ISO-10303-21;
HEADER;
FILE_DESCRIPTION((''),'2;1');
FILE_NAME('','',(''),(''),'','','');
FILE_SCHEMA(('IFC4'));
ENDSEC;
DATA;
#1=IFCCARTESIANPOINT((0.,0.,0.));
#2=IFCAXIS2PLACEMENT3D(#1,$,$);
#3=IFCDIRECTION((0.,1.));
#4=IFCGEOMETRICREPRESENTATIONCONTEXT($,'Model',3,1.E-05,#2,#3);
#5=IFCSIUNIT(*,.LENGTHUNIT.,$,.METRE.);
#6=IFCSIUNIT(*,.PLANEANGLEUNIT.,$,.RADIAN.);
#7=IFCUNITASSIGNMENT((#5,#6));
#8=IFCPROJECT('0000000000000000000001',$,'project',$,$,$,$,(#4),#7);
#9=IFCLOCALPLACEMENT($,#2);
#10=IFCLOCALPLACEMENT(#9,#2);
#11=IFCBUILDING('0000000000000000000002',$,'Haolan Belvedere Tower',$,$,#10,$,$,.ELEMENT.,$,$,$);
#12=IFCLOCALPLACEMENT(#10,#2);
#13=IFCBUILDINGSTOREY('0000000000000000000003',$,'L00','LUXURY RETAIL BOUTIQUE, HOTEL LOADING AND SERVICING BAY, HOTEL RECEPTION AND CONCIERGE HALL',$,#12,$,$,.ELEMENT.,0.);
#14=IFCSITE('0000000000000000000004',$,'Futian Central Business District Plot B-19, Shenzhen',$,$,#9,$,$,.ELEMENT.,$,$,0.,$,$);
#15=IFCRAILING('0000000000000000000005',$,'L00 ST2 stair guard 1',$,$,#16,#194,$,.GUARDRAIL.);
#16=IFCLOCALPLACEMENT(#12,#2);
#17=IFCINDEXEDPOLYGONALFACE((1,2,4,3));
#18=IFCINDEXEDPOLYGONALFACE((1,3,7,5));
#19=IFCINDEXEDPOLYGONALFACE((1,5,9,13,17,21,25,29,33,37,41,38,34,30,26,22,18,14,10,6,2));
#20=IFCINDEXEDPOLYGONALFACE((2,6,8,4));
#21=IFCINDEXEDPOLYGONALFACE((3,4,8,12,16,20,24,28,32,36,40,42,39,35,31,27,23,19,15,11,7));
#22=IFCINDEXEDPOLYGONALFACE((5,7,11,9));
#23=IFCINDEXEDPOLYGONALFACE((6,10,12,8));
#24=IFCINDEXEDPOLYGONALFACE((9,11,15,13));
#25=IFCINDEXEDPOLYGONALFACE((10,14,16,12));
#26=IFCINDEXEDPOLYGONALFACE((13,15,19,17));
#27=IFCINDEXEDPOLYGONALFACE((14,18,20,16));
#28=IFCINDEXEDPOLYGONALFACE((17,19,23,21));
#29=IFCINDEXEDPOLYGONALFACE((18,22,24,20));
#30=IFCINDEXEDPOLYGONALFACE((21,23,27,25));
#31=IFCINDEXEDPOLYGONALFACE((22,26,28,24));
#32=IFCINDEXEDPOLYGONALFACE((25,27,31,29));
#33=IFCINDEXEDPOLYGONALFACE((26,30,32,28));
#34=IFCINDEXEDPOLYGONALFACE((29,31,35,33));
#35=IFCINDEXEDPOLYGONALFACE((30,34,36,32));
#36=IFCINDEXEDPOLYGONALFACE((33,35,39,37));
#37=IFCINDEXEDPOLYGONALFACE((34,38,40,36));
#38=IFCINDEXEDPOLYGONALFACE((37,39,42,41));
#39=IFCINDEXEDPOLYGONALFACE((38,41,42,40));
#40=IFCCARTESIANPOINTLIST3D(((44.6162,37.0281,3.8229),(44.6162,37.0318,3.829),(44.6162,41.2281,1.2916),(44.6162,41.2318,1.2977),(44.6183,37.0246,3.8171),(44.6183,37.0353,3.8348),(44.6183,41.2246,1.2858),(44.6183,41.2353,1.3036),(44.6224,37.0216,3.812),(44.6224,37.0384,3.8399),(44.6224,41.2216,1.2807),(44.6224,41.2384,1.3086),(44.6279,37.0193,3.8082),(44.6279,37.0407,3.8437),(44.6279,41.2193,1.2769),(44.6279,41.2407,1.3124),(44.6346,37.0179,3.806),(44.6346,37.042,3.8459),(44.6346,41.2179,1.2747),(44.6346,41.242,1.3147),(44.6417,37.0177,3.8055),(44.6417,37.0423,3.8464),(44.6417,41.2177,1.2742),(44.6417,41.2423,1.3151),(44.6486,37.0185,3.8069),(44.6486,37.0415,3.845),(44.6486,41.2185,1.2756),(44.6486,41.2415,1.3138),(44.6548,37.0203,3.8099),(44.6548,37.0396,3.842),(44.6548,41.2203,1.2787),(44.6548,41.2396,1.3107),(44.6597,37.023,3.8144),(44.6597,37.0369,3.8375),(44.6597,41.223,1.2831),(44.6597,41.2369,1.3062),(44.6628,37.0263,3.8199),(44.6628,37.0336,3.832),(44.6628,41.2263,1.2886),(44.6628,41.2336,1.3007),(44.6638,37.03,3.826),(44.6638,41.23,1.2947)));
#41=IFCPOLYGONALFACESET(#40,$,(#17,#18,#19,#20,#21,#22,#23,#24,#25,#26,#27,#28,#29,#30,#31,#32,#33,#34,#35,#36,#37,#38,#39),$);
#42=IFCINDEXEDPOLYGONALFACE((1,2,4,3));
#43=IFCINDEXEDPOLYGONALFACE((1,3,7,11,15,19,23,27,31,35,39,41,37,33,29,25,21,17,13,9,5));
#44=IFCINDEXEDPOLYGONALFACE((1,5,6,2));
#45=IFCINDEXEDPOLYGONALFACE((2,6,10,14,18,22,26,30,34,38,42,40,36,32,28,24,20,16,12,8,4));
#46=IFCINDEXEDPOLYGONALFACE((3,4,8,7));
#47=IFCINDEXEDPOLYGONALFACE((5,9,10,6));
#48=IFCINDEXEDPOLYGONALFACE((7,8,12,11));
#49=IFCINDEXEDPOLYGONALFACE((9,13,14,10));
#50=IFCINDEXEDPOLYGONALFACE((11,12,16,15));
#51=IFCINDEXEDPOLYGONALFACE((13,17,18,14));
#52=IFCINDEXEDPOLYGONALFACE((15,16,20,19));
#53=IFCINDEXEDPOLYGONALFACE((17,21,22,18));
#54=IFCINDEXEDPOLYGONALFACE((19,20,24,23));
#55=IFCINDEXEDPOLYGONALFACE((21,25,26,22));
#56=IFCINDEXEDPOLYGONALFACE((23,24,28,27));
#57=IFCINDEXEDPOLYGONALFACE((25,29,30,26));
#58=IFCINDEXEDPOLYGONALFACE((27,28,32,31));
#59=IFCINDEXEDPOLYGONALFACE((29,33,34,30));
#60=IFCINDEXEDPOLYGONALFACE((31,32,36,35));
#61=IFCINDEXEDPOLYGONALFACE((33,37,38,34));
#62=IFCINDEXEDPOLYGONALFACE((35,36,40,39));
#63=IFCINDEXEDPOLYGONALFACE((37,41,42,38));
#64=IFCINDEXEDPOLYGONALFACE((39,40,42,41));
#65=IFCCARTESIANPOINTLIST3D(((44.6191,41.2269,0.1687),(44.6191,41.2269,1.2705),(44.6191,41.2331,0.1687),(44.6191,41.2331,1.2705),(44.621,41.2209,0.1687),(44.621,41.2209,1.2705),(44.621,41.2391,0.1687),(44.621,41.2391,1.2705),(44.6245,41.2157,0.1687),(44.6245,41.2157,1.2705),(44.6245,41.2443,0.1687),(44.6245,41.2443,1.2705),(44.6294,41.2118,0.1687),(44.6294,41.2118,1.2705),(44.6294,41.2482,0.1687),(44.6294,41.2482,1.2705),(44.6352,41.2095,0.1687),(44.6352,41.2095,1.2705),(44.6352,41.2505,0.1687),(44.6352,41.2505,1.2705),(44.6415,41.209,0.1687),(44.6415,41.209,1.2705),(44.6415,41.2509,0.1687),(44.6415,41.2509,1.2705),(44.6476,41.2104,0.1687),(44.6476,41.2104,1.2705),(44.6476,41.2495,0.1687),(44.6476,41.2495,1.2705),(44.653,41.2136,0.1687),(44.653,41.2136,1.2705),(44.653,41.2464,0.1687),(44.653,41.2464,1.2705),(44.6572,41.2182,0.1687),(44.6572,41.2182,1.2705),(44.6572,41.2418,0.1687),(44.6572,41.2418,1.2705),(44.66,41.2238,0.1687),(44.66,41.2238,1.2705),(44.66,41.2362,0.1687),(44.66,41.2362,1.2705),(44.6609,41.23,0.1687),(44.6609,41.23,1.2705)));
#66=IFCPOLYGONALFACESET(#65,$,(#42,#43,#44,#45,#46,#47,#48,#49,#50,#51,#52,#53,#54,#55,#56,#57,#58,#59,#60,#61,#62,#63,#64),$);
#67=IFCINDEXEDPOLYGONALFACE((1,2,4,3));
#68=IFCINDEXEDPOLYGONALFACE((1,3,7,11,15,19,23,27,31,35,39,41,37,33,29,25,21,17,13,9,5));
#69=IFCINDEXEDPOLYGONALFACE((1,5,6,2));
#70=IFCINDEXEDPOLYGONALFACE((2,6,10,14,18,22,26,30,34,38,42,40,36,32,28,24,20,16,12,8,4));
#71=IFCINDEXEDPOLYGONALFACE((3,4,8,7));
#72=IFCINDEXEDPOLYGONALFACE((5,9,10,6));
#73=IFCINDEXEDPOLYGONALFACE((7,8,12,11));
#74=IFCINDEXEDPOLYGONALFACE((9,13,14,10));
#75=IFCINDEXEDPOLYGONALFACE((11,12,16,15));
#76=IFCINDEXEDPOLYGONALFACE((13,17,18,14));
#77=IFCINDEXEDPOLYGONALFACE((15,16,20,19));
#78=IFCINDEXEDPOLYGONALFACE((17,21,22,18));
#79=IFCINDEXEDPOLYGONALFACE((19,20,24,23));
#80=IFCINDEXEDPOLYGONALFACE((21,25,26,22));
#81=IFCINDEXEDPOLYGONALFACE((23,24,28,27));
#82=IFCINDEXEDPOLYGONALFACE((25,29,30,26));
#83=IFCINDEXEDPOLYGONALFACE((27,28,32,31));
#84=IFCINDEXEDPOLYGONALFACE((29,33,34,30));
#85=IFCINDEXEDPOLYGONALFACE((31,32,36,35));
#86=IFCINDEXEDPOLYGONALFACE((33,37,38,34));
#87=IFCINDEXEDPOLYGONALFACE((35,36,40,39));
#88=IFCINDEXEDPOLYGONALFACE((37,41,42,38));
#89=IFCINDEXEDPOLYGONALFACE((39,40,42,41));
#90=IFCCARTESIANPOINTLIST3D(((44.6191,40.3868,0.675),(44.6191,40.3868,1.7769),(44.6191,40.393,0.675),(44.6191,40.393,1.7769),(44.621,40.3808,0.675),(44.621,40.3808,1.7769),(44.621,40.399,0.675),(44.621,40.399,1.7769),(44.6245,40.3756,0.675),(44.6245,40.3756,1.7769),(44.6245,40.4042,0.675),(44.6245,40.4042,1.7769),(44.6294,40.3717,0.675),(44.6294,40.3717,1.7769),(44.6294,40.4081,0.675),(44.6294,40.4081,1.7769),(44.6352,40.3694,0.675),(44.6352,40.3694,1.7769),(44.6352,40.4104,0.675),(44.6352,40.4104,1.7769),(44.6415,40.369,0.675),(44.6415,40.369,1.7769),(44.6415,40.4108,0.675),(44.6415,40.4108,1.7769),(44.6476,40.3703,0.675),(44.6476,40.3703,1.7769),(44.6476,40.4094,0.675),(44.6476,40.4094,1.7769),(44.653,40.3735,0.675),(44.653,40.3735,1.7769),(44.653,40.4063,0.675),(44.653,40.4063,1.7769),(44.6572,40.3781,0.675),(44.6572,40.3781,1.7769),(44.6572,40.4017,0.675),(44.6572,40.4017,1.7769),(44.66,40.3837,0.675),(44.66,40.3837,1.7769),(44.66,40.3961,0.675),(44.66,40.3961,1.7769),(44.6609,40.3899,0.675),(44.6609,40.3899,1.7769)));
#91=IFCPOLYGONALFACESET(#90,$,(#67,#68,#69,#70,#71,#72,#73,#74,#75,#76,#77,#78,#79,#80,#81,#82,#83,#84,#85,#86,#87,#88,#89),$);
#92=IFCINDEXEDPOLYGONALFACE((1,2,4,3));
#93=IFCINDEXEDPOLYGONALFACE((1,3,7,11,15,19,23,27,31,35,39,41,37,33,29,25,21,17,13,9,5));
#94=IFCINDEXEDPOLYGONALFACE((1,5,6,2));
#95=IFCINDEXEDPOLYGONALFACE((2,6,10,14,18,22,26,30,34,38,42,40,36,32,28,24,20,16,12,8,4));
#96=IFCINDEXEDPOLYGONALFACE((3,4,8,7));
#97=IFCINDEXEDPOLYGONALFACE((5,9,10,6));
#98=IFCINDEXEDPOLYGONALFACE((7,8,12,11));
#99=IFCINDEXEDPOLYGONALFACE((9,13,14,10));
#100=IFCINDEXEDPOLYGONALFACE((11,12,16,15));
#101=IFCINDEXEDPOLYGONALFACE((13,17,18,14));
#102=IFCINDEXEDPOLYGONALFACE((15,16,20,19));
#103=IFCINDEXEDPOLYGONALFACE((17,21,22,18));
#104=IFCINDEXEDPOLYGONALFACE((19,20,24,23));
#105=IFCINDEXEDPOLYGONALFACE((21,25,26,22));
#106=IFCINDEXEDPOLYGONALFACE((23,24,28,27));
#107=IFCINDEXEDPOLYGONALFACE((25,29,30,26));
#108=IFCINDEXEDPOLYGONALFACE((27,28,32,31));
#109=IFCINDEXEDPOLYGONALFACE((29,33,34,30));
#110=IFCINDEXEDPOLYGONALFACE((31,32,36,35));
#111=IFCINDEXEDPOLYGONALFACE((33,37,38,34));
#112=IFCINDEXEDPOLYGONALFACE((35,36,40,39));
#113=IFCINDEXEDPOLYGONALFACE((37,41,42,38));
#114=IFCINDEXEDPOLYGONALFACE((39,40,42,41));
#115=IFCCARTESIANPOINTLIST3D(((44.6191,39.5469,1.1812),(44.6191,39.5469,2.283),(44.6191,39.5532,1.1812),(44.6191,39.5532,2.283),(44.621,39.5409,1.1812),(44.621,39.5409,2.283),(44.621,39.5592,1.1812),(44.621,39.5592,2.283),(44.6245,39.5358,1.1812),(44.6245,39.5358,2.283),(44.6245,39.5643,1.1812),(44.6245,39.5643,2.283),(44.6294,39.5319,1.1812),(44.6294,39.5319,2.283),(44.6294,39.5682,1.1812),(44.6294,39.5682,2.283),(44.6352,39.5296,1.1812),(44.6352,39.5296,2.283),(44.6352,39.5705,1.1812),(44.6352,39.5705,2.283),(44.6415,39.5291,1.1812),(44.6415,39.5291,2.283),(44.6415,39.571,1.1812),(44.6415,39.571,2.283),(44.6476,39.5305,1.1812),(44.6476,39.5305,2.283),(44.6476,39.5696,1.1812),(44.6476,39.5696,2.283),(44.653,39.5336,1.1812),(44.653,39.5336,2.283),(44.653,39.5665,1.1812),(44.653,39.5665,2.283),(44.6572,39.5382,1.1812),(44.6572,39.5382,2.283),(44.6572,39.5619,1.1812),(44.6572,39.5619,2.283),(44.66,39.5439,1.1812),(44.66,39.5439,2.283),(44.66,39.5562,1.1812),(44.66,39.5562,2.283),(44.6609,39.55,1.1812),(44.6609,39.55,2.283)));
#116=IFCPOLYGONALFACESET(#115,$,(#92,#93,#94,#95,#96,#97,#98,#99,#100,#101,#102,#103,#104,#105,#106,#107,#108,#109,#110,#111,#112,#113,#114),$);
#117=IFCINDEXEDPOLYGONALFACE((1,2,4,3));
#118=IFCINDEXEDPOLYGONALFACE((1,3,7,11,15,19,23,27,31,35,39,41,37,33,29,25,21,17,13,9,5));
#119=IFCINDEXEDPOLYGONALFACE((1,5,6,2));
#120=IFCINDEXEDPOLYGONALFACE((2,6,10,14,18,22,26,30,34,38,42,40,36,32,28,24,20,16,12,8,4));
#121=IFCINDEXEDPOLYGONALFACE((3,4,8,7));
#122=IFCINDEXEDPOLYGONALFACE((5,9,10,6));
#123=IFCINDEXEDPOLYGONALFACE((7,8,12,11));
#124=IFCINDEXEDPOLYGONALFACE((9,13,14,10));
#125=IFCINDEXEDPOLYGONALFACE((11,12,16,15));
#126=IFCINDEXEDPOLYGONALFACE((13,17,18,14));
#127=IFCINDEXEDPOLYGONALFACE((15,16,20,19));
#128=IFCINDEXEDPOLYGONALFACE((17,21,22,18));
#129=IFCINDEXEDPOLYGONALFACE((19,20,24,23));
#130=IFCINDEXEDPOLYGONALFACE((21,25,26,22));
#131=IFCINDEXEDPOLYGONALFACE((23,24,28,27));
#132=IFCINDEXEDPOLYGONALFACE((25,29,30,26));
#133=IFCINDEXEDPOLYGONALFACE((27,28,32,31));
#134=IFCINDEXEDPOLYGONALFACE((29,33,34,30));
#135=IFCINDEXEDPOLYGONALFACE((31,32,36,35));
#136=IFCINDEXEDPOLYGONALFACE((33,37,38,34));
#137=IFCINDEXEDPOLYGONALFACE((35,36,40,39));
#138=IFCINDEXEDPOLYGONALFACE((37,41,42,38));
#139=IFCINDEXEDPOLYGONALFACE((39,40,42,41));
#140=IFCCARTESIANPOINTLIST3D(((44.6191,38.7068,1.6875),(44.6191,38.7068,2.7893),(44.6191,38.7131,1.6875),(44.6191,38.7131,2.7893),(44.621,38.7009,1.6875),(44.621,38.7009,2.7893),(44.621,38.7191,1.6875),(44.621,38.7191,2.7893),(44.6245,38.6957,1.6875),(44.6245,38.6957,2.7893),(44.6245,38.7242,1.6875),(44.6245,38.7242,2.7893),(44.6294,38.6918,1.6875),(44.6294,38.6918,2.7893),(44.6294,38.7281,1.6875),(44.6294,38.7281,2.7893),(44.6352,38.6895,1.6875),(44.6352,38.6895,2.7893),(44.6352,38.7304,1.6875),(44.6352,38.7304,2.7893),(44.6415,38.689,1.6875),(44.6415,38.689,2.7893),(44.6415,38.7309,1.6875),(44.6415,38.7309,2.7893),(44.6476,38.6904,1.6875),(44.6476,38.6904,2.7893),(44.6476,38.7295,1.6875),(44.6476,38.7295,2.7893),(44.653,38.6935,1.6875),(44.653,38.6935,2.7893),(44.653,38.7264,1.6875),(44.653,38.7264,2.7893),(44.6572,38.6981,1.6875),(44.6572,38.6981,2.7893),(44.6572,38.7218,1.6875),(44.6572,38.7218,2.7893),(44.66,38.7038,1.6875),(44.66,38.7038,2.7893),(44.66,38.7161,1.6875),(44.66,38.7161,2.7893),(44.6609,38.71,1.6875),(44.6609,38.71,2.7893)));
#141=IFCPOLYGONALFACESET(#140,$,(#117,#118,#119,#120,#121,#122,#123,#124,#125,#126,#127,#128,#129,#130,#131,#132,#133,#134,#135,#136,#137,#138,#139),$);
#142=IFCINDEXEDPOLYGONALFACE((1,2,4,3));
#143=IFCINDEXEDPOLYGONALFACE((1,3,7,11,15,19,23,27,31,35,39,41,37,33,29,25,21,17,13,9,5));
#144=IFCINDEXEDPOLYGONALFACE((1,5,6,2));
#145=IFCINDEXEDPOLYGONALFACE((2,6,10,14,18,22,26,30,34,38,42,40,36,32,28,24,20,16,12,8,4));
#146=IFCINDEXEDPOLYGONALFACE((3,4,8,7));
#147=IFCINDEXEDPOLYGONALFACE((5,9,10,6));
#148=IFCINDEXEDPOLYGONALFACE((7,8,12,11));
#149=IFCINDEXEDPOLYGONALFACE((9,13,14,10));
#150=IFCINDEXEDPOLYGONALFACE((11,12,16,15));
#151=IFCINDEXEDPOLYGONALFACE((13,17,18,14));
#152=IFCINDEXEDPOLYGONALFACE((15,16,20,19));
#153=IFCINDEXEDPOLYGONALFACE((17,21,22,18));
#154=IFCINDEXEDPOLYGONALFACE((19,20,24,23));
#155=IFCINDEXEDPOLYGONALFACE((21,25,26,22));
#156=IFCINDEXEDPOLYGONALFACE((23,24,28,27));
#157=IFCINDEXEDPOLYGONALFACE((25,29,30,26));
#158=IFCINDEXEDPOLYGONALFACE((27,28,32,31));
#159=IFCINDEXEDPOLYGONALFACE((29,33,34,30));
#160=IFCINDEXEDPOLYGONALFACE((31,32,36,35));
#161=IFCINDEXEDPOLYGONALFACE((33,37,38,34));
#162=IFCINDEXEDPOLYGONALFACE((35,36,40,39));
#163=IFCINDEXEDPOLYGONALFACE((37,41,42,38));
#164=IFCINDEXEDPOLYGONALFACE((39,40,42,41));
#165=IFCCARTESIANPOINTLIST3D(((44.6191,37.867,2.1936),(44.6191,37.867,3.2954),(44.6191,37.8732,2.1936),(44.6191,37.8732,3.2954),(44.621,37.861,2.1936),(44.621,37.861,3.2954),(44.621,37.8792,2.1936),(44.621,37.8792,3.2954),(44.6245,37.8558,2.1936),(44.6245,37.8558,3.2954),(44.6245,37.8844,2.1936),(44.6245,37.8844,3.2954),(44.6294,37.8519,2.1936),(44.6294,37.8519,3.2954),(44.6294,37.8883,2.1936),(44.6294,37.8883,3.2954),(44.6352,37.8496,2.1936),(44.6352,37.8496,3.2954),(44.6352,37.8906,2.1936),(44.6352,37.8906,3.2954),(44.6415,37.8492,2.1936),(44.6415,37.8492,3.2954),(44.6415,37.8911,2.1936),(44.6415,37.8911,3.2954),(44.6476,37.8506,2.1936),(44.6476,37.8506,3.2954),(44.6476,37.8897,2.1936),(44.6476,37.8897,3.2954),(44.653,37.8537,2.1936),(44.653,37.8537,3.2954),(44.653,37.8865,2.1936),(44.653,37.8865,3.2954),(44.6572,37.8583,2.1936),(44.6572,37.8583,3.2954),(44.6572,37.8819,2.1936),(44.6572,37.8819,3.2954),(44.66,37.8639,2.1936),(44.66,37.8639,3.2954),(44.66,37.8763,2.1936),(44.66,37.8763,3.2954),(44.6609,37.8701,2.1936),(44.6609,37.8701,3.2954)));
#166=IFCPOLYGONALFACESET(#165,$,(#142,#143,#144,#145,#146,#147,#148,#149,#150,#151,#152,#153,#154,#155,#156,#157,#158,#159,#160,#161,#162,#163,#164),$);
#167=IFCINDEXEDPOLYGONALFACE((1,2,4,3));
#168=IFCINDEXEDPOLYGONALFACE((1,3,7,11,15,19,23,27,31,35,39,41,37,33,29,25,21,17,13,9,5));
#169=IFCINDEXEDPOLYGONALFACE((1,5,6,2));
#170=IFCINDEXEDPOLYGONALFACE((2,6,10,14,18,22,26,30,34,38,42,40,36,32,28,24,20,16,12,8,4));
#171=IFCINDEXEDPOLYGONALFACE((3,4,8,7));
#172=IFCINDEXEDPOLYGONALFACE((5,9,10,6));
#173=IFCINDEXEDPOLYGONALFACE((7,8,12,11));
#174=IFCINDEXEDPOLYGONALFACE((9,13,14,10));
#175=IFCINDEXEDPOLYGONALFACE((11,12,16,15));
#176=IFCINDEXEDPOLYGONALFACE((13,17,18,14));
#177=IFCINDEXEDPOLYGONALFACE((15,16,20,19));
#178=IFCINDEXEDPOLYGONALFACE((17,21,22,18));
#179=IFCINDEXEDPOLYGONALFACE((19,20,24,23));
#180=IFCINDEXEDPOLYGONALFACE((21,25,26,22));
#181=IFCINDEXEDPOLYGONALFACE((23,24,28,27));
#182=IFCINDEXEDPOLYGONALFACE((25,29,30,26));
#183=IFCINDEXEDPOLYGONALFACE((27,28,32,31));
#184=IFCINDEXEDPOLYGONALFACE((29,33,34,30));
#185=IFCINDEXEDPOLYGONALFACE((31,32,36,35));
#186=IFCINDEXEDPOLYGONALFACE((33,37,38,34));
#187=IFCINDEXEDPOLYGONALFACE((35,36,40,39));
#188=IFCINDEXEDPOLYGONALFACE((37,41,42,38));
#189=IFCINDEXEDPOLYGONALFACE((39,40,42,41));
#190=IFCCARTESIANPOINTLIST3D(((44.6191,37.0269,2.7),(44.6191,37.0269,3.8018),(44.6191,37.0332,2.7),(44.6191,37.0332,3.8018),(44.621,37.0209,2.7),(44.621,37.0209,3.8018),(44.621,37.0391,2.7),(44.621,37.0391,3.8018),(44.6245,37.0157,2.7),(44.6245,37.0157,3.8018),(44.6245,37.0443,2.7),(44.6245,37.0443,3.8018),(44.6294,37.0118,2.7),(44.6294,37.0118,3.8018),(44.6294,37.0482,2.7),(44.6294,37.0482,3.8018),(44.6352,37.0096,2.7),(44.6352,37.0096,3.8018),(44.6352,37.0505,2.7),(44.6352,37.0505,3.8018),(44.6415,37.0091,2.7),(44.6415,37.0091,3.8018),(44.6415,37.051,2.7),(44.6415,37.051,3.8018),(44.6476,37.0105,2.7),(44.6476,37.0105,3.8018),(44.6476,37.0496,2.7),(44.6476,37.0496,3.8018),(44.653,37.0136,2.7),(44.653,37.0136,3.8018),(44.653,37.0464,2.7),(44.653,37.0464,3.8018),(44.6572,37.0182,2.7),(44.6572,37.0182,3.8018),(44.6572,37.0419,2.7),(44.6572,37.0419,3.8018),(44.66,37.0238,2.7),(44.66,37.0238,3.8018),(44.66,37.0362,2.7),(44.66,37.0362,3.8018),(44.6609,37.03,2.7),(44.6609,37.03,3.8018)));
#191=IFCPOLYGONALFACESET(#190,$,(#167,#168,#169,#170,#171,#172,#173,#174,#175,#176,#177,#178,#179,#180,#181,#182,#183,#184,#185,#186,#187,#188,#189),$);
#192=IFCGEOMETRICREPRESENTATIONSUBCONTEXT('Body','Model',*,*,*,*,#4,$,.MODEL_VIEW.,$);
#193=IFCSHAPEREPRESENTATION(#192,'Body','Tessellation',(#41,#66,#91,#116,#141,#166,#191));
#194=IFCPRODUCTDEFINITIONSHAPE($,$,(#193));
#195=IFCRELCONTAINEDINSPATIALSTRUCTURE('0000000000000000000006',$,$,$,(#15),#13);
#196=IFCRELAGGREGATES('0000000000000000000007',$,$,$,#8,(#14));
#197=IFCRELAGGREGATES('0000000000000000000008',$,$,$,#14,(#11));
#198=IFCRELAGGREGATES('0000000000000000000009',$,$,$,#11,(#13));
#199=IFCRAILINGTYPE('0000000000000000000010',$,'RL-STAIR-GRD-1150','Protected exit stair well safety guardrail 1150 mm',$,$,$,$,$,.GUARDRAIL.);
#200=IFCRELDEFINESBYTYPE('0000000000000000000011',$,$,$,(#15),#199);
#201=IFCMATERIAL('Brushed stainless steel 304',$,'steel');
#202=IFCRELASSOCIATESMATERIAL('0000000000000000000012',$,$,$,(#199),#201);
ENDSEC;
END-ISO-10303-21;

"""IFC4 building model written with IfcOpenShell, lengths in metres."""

from ifc_helpers import new_model, si_unit, direction, frame, origin, origin_2d, place, context, subcontext, project, spatial, circle, extrude, material, type_object, element, save


model = new_model("IFC4")

# Units and contexts
model_context = context("Model", 3, precision=1e-05, world=origin(), true_north=direction((0.0, 1.0)))
body_context = subcontext(model_context, "Body", "Model", "MODEL_VIEW")
ifc_project = project(units=[si_unit("LENGTHUNIT", "METRE"), si_unit("PLANEANGLEUNIT", "RADIAN")], contexts=[model_context])

# Site, building, storey
site_placement = place(None, origin())
site = spatial("IfcSite", under=ifc_project, at=site_placement, Name="Futian Central Business District Plot B-19, Shenzhen", CompositionType="ELEMENT", RefElevation=0.0)
building_placement = place(site_placement, origin())
building = spatial("IfcBuilding", under=site, at=building_placement, Name="Haolan Belvedere Tower", CompositionType="ELEMENT")
storey_placement = place(building_placement, origin())
storey = spatial("IfcBuildingStorey", under=building, at=storey_placement, Name="L00", Description="LUXURY RETAIL BOUTIQUE, HOTEL LOADING AND SERVICING BAY, HOTEL RECEPTION AND CONCIERGE HALL", CompositionType="ELEMENT", Elevation=0.0)

# Railing
ifc_material_1 = material(Name="Brushed stainless steel 304", Category="steel")
railing_type_1 = type_object("IfcRailingType", Name="RL-STAIR-GRD-1150", Description="Protected exit stair well safety guardrail 1150 mm", PredefinedType="GUARDRAIL", material=ifc_material_1)
railing_1_placement = place(storey_placement, frame((44.6399, 41.23, 0.1687)))
element("IfcRailing", 1, at=railing_1_placement, inside=storey, type_object=railing_type_1, Name="L00 ST2 stair guard 1", PredefinedType="GUARDRAIL", context=body_context, shape_type="SweptSolid", body=[
    extrude(circle(Radius=0.0239, at=origin_2d()), frame((0.0, 0.0, 1.126), z_axis=(0.0, -0.856476, 0.516186), x_axis=(1.0, 0.0, 0.0)), (0.0, 0.0, 1.0), 4.9038),
    extrude(circle(Radius=0.021, at=origin_2d()), origin(), (0.0, 0.0, 1.0), 1.1018),
    extrude(circle(Radius=0.021, at=origin_2d()), frame((0.0, -0.8401, 0.5063)), (0.0, 0.0, 1.0), 1.1018),
    extrude(circle(Radius=0.021, at=origin_2d()), frame((0.0, -1.6799, 1.0125)), (0.0, 0.0, 1.0), 1.1018),
    extrude(circle(Radius=0.021, at=origin_2d()), frame((0.0, -2.52, 1.5188)), (0.0, 0.0, 1.0), 1.1018),
    extrude(circle(Radius=0.021, at=origin_2d()), frame((0.0, -3.3599, 2.0249)), (0.0, 0.0, 1.0), 1.1018),
    extrude(circle(Radius=0.021, at=origin_2d()), frame((0.0, -4.2, 2.5312)), (0.0, 0.0, 1.0), 1.1018),
])

save(model, "model.ifc")
